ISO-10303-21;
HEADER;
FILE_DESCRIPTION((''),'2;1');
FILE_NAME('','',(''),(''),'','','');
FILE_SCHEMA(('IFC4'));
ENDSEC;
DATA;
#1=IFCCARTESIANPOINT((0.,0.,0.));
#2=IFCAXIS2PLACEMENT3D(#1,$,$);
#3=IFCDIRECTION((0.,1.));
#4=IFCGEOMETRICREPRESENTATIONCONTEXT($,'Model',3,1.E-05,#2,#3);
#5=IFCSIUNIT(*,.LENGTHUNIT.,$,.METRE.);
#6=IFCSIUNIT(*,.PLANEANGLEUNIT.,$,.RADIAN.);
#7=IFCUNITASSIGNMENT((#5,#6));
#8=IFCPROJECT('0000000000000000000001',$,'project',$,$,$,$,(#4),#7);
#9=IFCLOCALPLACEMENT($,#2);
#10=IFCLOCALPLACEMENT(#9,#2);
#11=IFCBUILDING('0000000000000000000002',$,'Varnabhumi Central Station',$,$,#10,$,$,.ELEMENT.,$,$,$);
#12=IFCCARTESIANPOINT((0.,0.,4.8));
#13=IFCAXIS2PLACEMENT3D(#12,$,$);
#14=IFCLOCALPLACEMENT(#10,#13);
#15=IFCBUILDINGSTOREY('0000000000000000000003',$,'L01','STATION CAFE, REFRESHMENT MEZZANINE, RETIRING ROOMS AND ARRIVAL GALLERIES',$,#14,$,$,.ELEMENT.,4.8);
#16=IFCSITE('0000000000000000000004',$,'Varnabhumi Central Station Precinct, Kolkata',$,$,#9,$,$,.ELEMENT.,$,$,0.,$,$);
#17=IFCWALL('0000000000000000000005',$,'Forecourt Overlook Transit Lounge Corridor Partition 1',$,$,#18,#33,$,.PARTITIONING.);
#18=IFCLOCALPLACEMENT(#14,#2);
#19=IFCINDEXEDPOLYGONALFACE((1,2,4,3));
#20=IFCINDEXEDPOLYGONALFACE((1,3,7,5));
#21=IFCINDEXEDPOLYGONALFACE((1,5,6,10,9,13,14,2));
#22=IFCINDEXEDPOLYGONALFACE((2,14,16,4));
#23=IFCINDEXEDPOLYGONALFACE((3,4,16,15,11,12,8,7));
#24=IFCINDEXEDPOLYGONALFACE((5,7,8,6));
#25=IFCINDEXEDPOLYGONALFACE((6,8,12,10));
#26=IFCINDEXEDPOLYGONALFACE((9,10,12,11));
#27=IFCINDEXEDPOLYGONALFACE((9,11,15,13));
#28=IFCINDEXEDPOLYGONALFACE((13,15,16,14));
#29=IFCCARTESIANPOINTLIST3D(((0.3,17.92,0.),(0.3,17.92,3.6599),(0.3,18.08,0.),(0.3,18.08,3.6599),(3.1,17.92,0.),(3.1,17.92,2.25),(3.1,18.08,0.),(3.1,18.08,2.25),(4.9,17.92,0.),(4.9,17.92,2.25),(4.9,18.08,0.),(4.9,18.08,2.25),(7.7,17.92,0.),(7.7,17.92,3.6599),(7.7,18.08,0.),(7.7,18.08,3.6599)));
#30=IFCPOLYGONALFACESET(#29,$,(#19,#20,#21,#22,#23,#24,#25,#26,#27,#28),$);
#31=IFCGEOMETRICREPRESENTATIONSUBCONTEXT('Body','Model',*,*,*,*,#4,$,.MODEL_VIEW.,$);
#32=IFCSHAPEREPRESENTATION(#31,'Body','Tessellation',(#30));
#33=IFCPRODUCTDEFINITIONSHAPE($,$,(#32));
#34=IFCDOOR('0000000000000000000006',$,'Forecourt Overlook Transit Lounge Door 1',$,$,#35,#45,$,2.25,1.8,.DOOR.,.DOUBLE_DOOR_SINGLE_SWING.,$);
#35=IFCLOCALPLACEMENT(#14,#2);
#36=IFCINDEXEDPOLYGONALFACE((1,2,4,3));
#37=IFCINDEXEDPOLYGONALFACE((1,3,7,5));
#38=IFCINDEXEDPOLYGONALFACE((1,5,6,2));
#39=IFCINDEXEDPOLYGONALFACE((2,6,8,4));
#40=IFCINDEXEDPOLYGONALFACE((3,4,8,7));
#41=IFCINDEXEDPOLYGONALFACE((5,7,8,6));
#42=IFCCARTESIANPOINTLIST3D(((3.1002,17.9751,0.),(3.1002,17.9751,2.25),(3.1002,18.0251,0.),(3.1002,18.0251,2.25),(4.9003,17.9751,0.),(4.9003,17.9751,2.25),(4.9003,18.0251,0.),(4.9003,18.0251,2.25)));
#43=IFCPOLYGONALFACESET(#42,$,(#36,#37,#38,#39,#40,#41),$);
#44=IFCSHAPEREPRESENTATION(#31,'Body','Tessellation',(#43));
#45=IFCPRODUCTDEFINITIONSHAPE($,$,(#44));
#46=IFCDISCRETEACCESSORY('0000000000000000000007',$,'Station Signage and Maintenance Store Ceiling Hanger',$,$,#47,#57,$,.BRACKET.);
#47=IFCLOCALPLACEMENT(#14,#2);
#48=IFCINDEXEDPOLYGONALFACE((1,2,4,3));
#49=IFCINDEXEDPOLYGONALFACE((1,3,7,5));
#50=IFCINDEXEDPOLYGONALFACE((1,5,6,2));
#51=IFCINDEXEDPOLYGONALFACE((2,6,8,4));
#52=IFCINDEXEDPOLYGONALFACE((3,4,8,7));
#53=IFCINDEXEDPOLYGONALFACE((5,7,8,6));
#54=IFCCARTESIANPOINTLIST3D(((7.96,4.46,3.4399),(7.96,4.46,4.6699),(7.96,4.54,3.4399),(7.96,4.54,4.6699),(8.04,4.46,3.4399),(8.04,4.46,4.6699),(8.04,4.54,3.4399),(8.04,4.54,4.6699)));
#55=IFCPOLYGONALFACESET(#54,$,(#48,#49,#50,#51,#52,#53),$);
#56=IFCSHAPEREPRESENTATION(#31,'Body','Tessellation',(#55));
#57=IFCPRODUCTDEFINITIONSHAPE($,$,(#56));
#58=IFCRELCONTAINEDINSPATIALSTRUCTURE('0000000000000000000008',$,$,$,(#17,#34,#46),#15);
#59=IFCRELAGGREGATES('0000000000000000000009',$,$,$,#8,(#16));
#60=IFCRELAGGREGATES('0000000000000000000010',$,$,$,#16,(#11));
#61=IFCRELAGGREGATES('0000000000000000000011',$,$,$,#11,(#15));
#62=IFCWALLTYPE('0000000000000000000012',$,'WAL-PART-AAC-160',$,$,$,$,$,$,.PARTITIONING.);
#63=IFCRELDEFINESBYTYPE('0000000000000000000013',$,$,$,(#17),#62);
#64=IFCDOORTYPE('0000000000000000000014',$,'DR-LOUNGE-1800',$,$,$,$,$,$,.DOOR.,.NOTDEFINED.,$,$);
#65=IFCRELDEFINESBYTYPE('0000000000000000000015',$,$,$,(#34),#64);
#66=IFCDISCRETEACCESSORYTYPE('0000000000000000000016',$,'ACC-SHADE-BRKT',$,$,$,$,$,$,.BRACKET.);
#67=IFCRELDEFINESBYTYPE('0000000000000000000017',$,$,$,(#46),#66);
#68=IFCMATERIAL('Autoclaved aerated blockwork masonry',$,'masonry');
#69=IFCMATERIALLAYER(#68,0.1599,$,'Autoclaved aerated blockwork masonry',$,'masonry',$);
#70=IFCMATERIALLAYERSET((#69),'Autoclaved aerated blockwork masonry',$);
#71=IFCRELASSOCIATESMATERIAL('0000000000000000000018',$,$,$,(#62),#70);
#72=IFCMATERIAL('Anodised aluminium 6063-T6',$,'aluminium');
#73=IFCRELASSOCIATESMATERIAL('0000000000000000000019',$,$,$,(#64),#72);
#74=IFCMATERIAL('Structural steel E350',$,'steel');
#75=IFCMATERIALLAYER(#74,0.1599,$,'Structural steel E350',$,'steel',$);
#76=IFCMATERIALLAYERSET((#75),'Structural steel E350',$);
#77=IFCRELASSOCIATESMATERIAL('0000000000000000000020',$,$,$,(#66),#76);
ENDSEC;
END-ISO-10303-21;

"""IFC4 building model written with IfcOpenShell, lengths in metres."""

from ifc_helpers import new_model, si_unit, direction, frame, frame_2d, origin, origin_2d, place, context, subcontext, project, spatial, rectangle, extrude, material, layer, layer_set, type_object, element, fill, save


model = new_model("IFC4")

# Units and contexts
model_context = context("Model", 3, precision=1e-05, world=origin(), true_north=direction((0.0, 1.0)))
body_context = subcontext(model_context, "Body", "Model", "MODEL_VIEW")
ifc_project = project(units=[si_unit("LENGTHUNIT", "METRE"), si_unit("PLANEANGLEUNIT", "RADIAN")], contexts=[model_context])

# Site, building, storey
site_placement = place(None, origin())
site = spatial("IfcSite", under=ifc_project, at=site_placement, Name="Varnabhumi Central Station Precinct, Kolkata", CompositionType="ELEMENT", RefElevation=0.0)
building_placement = place(site_placement, origin())
building = spatial("IfcBuilding", under=site, at=building_placement, Name="Varnabhumi Central Station", CompositionType="ELEMENT")
storey_placement = place(building_placement, frame((0.0, 0.0, 4.8)))
storey = spatial("IfcBuildingStorey", under=building, at=storey_placement, Name="L01", Description="STATION CAFE, REFRESHMENT MEZZANINE, RETIRING ROOMS AND ARRIVAL GALLERIES", CompositionType="ELEMENT", Elevation=4.8)

# Shared definitions
ifc_material_1 = material(Name="Structural steel E350", Category="steel")

# Shared definitions
ifc_material_2 = material(Name="Autoclaved aerated blockwork masonry", Category="masonry")

# Wall, opening, door
ifc_layer_1 = layer(ifc_material_2, 0.1599, Name="Autoclaved aerated blockwork masonry", Category="masonry")
ifc_layer_set_1 = layer_set([ifc_layer_1], Name="Autoclaved aerated blockwork masonry")
wall_type_1 = type_object("IfcWallType", Name="WAL-PART-AAC-160", PredefinedType="PARTITIONING", material=ifc_layer_set_1)
wall_1_placement = place(storey_placement, frame((0.3, 18.0, 0.0), z_axis=(0.0, 0.0, 1.0), x_axis=(1.0, 0.0, 0.0)))
wall_1 = element("IfcWall", 1, at=wall_1_placement, inside=storey, type_object=wall_type_1, Name="Forecourt Overlook Transit Lounge Corridor Partition 1", PredefinedType="PARTITIONING", context=body_context, shape_type="SweptSolid", body=[
    extrude(rectangle(XDim=7.3999, YDim=0.1599, at=frame_2d((3.7, 0.0))), origin(), (0.0, 0.0, 1.0), 3.6599),
])
opening_1_placement = place(wall_1_placement, frame((2.8, 0.0, 0.0)))
opening_1 = element("IfcOpeningElement", 2, at=opening_1_placement, cuts=wall_1, PredefinedType="OPENING", context=body_context, shape_type="SweptSolid", body=[
    extrude(rectangle(XDim=1.8, YDim=2.25, at=frame_2d((0.8999, 1.125))), frame((0.0, 0.0898, 0.0), z_axis=(0.0, -1.0, 0.0), x_axis=(1.0, 0.0, 0.0)), (0.0, 0.0, 1.0), 0.1799),
])
ifc_material_3 = material(Name="Anodised aluminium 6063-T6", Category="aluminium")
door_type_1 = type_object("IfcDoorType", Name="DR-LOUNGE-1800", OperationType="NOTDEFINED", PredefinedType="DOOR", material=ifc_material_3)
door_1_placement = place(opening_1_placement, frame((1.8, 0.0, 0.0), z_axis=(0.0, 0.0, 1.0), x_axis=(-1.0, 0.0, 0.0)))
door_1 = element("IfcDoor", 3, at=door_1_placement, inside=storey, type_object=door_type_1, Name="Forecourt Overlook Transit Lounge Door 1", OperationType="DOUBLE_DOOR_SINGLE_SWING", OverallHeight=2.25, OverallWidth=1.8, PredefinedType="DOOR", context=body_context, shape_type="SweptSolid", body=[
    extrude(rectangle(XDim=1.8, YDim=2.25, at=frame_2d((0.8999, 1.125))), frame((0.0, 0.0249, 0.0), z_axis=(0.0, -1.0, 0.0), x_axis=(1.0, 0.0, 0.0)), (0.0, 0.0, 1.0), 0.05),
])
fill(opening_1, door_1)

# Discrete accessory
ifc_layer_2 = layer(ifc_material_1, 0.1599, Name="Structural steel E350", Category="steel")
ifc_layer_set_2 = layer_set([ifc_layer_2], Name="Structural steel E350")
discrete_accessory_type = type_object("IfcDiscreteAccessoryType", Name="ACC-SHADE-BRKT", PredefinedType="BRACKET", material=ifc_layer_set_2)
discrete_accessory_placement = place(storey_placement, frame((8.0, 4.5, 3.4399), z_axis=(0.0, 0.0, 1.0), x_axis=(1.0, 0.0, 0.0)))
element("IfcDiscreteAccessory", 4, at=discrete_accessory_placement, inside=storey, type_object=discrete_accessory_type, Name="Station Signage and Maintenance Store Ceiling Hanger", PredefinedType="BRACKET", context=body_context, shape_type="SweptSolid", body=[
    extrude(rectangle(XDim=0.0801, YDim=0.0801, at=origin_2d()), origin(), (0.0, 0.0, 1.0), 1.23),
])

save(model, "model.ifc")
